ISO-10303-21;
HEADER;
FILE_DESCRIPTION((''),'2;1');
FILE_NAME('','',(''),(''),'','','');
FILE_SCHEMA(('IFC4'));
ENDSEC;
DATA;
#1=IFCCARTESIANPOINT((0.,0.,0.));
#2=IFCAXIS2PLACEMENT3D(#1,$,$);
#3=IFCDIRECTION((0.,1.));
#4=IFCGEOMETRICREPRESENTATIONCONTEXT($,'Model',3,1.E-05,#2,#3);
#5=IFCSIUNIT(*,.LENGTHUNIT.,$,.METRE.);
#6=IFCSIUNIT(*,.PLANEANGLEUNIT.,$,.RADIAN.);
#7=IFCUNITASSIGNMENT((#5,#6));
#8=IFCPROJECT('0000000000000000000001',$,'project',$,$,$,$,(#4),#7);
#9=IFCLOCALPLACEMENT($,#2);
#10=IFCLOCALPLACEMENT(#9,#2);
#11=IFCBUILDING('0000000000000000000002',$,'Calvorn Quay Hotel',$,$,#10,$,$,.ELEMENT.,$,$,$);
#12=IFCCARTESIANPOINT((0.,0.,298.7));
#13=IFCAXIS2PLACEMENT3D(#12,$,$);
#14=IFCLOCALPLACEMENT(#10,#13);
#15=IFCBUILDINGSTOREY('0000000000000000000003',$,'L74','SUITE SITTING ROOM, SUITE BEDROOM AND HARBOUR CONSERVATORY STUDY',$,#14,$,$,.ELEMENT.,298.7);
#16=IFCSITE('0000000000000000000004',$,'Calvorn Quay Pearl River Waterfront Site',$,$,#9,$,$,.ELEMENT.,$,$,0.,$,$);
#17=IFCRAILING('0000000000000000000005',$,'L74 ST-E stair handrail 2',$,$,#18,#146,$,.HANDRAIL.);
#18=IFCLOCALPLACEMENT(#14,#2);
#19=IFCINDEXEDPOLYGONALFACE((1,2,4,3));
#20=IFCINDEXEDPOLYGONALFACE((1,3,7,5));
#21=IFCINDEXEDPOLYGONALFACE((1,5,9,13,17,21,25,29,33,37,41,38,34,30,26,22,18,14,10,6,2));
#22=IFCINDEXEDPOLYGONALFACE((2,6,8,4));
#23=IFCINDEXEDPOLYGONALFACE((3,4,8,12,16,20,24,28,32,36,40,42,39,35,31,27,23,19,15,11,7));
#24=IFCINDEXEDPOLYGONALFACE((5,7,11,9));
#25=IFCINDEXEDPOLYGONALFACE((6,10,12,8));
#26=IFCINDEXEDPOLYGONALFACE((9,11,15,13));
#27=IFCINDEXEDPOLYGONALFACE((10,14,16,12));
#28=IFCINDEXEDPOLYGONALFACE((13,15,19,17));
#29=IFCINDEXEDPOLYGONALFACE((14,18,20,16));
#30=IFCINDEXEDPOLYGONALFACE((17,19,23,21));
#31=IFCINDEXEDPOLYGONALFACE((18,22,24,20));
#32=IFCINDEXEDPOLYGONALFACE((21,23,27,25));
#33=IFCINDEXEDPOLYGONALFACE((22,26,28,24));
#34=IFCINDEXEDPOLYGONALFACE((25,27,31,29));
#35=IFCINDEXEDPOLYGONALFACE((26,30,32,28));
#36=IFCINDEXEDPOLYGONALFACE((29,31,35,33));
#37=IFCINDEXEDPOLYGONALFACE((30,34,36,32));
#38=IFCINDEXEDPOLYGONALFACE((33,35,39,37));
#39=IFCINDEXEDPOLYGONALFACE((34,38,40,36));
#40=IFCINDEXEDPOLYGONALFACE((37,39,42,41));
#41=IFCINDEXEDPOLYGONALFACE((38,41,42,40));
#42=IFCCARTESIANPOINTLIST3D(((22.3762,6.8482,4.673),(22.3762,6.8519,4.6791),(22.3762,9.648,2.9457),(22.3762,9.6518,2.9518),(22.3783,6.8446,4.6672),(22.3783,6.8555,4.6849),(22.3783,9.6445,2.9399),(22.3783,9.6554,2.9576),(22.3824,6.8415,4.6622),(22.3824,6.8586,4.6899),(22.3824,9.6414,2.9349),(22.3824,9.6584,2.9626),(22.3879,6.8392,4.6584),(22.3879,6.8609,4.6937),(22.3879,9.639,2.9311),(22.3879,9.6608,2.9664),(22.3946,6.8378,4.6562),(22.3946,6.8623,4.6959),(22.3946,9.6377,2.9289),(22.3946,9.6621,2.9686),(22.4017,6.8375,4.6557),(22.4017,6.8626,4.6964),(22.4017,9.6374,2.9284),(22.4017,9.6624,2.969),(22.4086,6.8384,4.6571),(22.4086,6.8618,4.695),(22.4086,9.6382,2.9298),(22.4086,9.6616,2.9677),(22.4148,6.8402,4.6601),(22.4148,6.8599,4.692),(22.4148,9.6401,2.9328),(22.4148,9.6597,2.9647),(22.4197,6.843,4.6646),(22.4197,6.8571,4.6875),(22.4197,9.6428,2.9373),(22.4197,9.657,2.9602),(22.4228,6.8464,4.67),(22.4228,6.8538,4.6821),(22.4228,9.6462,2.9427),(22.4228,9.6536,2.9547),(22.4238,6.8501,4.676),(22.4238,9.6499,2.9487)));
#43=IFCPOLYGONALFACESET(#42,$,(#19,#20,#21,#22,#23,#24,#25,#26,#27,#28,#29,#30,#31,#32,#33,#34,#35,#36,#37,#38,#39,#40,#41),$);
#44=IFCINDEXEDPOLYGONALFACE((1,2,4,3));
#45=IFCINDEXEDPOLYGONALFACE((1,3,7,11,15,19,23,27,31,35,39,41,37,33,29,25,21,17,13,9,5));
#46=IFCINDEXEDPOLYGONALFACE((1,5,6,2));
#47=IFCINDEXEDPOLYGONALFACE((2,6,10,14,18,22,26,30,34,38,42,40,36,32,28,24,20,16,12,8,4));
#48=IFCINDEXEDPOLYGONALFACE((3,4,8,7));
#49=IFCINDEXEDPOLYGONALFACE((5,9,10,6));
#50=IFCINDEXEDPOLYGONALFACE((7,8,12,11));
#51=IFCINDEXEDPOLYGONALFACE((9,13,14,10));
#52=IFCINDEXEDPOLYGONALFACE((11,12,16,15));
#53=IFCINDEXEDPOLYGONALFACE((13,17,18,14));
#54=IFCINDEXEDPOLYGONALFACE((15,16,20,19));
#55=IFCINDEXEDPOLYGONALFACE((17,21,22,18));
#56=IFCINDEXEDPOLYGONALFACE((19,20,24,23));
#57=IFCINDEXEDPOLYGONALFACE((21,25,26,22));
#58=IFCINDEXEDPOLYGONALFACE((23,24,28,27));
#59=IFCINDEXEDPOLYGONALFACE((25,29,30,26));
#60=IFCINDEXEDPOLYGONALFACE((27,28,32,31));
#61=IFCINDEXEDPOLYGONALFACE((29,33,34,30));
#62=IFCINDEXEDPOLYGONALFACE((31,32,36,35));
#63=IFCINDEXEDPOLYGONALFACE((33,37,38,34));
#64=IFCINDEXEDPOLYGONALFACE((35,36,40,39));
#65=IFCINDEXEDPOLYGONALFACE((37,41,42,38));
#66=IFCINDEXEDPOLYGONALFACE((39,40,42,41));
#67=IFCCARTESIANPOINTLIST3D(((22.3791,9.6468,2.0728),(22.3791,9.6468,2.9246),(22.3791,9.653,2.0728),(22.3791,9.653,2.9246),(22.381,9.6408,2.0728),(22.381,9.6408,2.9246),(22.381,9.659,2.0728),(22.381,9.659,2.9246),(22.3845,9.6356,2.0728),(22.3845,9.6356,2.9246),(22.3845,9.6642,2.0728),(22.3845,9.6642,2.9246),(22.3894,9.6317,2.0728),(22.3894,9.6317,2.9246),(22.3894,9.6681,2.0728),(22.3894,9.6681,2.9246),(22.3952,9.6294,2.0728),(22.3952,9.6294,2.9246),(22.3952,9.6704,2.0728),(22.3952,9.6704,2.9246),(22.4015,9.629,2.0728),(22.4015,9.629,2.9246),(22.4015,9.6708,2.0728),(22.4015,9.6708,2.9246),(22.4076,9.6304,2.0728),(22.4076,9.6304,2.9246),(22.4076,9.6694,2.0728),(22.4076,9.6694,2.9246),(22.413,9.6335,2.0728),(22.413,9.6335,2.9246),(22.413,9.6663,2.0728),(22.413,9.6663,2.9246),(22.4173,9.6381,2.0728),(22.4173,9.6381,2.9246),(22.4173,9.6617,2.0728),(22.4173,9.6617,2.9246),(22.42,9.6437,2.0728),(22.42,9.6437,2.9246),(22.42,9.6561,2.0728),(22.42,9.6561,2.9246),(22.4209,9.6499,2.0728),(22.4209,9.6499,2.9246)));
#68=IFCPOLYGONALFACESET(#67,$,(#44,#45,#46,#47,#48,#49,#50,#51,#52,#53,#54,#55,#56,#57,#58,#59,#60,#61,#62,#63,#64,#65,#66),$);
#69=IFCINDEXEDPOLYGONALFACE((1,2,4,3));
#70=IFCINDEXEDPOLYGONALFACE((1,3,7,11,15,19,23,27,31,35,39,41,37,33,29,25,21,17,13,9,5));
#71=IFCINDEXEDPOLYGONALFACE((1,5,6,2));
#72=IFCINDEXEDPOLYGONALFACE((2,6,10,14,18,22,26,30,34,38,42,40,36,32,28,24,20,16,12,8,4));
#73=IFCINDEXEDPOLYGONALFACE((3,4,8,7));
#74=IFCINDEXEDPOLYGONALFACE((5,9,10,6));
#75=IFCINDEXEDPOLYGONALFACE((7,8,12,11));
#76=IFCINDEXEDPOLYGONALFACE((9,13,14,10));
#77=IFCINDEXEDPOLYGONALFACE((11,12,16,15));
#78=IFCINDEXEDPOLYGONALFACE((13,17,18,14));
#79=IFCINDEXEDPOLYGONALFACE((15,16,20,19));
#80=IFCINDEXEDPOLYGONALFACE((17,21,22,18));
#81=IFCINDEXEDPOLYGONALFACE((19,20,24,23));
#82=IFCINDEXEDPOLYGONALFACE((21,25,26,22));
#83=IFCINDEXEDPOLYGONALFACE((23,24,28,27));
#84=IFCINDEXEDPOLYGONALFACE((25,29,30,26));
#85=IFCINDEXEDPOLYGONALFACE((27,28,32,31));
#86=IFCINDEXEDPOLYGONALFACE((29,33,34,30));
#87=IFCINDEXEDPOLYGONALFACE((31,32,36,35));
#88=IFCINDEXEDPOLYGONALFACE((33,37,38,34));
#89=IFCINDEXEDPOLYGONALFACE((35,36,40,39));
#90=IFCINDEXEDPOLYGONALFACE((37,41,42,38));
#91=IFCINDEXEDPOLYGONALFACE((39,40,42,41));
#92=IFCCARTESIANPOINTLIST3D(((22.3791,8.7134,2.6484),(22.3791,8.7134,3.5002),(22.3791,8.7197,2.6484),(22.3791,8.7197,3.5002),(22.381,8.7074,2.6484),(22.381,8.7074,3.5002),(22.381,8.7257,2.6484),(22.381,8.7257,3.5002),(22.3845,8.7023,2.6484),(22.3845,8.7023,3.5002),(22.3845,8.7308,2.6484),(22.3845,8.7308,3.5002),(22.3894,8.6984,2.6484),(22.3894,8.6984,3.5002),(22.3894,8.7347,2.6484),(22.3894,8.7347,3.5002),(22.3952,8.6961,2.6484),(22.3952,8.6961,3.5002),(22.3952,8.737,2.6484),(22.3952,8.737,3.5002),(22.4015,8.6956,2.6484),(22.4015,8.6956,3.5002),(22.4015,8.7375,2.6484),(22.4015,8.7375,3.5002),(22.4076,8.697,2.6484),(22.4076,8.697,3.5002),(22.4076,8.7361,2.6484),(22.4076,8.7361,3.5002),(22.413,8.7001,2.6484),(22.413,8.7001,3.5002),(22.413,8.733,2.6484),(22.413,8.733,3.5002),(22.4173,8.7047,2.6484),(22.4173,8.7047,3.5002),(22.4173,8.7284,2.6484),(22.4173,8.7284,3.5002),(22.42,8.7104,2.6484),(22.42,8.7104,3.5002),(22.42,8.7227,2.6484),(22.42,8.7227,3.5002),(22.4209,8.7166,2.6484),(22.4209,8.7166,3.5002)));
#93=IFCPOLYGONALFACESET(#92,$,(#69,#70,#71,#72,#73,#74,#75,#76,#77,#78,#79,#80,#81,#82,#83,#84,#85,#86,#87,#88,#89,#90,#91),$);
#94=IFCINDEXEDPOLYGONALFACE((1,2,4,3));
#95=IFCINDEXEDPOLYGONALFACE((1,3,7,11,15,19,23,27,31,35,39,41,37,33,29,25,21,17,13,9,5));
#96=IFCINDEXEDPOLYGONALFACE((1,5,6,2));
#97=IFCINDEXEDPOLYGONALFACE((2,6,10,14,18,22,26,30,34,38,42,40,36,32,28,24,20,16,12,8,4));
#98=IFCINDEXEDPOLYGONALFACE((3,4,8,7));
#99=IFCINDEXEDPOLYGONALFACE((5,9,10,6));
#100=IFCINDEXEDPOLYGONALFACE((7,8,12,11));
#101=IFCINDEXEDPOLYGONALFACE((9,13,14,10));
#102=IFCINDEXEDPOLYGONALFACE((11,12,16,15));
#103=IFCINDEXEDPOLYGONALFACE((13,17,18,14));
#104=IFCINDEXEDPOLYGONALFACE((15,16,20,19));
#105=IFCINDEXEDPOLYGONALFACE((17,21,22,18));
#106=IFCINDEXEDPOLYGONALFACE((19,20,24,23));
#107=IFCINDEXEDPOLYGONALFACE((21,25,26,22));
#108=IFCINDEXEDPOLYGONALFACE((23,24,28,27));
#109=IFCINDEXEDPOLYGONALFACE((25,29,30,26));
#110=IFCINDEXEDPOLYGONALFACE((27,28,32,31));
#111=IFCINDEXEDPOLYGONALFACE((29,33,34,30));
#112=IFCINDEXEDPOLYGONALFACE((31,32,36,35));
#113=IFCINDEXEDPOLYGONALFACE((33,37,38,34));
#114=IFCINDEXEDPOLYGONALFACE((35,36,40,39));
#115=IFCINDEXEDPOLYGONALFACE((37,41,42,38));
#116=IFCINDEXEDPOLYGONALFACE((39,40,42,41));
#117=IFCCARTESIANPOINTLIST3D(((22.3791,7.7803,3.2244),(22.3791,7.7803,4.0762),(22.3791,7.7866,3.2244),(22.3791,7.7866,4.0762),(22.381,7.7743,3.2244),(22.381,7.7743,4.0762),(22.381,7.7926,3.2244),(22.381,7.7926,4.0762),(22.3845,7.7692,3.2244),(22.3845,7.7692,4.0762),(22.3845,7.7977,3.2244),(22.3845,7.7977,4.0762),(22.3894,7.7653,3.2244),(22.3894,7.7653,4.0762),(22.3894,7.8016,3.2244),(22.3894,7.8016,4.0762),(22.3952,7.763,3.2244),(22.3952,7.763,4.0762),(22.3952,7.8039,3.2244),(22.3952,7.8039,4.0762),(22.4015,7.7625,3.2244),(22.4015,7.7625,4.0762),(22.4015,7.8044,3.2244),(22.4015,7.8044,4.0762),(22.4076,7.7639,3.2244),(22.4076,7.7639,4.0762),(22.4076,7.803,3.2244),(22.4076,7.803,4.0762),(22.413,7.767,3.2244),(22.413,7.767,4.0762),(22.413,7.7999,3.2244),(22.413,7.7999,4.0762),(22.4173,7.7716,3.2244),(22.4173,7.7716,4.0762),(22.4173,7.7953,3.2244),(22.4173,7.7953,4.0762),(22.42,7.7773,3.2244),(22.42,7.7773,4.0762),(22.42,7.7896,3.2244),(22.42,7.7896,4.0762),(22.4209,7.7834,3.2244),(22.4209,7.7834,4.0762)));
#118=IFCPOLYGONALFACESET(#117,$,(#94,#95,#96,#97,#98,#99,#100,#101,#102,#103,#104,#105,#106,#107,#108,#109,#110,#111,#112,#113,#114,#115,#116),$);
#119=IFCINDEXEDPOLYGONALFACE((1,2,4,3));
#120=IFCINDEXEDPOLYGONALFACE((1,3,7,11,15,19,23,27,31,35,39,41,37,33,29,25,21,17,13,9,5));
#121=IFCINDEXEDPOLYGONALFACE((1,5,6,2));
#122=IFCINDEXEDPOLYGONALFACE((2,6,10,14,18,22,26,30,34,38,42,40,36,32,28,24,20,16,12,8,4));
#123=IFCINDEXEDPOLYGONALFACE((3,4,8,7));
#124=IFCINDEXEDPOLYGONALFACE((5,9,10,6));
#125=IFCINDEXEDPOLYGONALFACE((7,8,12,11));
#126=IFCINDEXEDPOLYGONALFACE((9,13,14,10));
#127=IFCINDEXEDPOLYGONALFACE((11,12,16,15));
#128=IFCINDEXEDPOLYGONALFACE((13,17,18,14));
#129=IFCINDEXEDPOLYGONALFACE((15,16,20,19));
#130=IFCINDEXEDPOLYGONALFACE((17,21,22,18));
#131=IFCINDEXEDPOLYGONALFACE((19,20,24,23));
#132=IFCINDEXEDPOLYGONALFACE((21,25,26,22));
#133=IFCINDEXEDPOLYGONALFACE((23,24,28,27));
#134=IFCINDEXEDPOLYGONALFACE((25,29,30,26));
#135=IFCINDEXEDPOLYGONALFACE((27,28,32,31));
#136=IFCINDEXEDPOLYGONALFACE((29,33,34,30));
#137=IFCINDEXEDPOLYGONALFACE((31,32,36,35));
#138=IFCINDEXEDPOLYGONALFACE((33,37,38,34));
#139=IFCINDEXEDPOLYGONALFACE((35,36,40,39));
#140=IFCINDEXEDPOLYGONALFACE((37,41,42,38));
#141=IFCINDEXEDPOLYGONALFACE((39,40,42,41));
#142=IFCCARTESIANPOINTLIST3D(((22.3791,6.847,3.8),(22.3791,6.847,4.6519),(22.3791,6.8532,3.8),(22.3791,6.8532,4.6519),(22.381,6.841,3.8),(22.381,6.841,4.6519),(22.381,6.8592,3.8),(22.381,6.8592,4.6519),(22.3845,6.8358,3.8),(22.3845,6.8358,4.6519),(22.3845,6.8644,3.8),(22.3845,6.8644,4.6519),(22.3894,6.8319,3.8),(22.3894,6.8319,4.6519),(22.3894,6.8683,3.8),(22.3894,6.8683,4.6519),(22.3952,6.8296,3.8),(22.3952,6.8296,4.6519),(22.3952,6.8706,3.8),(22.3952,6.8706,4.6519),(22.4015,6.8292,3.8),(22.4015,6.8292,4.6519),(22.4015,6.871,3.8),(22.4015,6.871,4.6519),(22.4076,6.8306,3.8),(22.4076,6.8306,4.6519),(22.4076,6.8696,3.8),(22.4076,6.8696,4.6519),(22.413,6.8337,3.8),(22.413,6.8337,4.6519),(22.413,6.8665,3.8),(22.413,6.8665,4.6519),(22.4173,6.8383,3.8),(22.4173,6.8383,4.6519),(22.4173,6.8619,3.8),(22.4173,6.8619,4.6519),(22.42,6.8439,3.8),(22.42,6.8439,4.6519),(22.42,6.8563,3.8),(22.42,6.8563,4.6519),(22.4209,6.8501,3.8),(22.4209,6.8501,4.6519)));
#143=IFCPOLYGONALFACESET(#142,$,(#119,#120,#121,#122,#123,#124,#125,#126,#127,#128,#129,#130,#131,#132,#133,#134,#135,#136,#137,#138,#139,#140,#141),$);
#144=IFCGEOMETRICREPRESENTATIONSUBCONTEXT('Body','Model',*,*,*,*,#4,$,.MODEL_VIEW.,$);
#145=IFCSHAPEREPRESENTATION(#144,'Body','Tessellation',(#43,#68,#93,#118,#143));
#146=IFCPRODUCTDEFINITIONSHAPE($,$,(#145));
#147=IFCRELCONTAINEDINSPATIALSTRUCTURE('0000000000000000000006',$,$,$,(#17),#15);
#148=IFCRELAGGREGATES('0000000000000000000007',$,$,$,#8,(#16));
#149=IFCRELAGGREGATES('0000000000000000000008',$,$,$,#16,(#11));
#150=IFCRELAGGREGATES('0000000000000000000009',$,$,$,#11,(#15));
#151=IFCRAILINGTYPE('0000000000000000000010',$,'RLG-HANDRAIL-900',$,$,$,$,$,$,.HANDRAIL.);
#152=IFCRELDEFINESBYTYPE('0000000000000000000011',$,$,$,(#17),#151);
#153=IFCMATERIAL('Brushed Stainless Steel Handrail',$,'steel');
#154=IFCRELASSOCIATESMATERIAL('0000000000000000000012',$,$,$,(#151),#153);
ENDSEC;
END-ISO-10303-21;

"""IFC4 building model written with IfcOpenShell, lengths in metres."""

from ifc_helpers import new_model, si_unit, direction, frame, origin, origin_2d, place, context, subcontext, project, spatial, circle, extrude, material, type_object, element, save


model = new_model("IFC4")

# Units and contexts
model_context = context("Model", 3, precision=1e-05, world=origin(), true_north=direction((0.0, 1.0)))
body_context = subcontext(model_context, "Body", "Model", "MODEL_VIEW")
ifc_project = project(units=[si_unit("LENGTHUNIT", "METRE"), si_unit("PLANEANGLEUNIT", "RADIAN")], contexts=[model_context])

# Site, building, storey
site_placement = place(None, origin())
site = spatial("IfcSite", under=ifc_project, at=site_placement, Name="Calvorn Quay Pearl River Waterfront Site", CompositionType="ELEMENT", RefElevation=0.0)
building_placement = place(site_placement, origin())
building = spatial("IfcBuilding", under=site, at=building_placement, Name="Calvorn Quay Hotel", CompositionType="ELEMENT")
storey_placement = place(building_placement, frame((0.0, 0.0, 298.7)))
storey = spatial("IfcBuildingStorey", under=building, at=storey_placement, Name="L74", Description="SUITE SITTING ROOM, SUITE BEDROOM AND HARBOUR CONSERVATORY STUDY", CompositionType="ELEMENT", Elevation=298.7)

# Railing
ifc_material_1 = material(Name="Brushed Stainless Steel Handrail", Category="steel")
railing_type_1 = type_object("IfcRailingType", Name="RLG-HANDRAIL-900", PredefinedType="HANDRAIL", material=ifc_material_1)
railing_1_placement = place(storey_placement, frame((22.3999, 9.6499, 2.0728)))
element("IfcRailing", 1, at=railing_1_placement, inside=storey, type_object=railing_type_1, Name="L74 ST-E stair handrail 2", PredefinedType="HANDRAIL", context=body_context, shape_type="SweptSolid", body=[
    extrude(circle(Radius=0.0239, at=origin_2d()), frame((0.0, 0.0, 0.876), z_axis=(0.0, -0.851069, 0.525054), x_axis=(1.0, 0.0, 0.0)), (0.0, 0.0, 1.0), 3.2898),
    extrude(circle(Radius=0.021, at=origin_2d()), origin(), (0.0, 0.0, 1.0), 0.8518),
    extrude(circle(Radius=0.021, at=origin_2d()), frame((0.0, -0.9333, 0.5757)), (0.0, 0.0, 1.0), 0.8518),
    extrude(circle(Radius=0.021, at=origin_2d()), frame((0.0, -1.8665, 1.1516)), (0.0, 0.0, 1.0), 0.8518),
    extrude(circle(Radius=0.021, at=origin_2d()), frame((0.0, -2.7998, 1.7273)), (0.0, 0.0, 1.0), 0.8518),
])

save(model, "model.ifc")
